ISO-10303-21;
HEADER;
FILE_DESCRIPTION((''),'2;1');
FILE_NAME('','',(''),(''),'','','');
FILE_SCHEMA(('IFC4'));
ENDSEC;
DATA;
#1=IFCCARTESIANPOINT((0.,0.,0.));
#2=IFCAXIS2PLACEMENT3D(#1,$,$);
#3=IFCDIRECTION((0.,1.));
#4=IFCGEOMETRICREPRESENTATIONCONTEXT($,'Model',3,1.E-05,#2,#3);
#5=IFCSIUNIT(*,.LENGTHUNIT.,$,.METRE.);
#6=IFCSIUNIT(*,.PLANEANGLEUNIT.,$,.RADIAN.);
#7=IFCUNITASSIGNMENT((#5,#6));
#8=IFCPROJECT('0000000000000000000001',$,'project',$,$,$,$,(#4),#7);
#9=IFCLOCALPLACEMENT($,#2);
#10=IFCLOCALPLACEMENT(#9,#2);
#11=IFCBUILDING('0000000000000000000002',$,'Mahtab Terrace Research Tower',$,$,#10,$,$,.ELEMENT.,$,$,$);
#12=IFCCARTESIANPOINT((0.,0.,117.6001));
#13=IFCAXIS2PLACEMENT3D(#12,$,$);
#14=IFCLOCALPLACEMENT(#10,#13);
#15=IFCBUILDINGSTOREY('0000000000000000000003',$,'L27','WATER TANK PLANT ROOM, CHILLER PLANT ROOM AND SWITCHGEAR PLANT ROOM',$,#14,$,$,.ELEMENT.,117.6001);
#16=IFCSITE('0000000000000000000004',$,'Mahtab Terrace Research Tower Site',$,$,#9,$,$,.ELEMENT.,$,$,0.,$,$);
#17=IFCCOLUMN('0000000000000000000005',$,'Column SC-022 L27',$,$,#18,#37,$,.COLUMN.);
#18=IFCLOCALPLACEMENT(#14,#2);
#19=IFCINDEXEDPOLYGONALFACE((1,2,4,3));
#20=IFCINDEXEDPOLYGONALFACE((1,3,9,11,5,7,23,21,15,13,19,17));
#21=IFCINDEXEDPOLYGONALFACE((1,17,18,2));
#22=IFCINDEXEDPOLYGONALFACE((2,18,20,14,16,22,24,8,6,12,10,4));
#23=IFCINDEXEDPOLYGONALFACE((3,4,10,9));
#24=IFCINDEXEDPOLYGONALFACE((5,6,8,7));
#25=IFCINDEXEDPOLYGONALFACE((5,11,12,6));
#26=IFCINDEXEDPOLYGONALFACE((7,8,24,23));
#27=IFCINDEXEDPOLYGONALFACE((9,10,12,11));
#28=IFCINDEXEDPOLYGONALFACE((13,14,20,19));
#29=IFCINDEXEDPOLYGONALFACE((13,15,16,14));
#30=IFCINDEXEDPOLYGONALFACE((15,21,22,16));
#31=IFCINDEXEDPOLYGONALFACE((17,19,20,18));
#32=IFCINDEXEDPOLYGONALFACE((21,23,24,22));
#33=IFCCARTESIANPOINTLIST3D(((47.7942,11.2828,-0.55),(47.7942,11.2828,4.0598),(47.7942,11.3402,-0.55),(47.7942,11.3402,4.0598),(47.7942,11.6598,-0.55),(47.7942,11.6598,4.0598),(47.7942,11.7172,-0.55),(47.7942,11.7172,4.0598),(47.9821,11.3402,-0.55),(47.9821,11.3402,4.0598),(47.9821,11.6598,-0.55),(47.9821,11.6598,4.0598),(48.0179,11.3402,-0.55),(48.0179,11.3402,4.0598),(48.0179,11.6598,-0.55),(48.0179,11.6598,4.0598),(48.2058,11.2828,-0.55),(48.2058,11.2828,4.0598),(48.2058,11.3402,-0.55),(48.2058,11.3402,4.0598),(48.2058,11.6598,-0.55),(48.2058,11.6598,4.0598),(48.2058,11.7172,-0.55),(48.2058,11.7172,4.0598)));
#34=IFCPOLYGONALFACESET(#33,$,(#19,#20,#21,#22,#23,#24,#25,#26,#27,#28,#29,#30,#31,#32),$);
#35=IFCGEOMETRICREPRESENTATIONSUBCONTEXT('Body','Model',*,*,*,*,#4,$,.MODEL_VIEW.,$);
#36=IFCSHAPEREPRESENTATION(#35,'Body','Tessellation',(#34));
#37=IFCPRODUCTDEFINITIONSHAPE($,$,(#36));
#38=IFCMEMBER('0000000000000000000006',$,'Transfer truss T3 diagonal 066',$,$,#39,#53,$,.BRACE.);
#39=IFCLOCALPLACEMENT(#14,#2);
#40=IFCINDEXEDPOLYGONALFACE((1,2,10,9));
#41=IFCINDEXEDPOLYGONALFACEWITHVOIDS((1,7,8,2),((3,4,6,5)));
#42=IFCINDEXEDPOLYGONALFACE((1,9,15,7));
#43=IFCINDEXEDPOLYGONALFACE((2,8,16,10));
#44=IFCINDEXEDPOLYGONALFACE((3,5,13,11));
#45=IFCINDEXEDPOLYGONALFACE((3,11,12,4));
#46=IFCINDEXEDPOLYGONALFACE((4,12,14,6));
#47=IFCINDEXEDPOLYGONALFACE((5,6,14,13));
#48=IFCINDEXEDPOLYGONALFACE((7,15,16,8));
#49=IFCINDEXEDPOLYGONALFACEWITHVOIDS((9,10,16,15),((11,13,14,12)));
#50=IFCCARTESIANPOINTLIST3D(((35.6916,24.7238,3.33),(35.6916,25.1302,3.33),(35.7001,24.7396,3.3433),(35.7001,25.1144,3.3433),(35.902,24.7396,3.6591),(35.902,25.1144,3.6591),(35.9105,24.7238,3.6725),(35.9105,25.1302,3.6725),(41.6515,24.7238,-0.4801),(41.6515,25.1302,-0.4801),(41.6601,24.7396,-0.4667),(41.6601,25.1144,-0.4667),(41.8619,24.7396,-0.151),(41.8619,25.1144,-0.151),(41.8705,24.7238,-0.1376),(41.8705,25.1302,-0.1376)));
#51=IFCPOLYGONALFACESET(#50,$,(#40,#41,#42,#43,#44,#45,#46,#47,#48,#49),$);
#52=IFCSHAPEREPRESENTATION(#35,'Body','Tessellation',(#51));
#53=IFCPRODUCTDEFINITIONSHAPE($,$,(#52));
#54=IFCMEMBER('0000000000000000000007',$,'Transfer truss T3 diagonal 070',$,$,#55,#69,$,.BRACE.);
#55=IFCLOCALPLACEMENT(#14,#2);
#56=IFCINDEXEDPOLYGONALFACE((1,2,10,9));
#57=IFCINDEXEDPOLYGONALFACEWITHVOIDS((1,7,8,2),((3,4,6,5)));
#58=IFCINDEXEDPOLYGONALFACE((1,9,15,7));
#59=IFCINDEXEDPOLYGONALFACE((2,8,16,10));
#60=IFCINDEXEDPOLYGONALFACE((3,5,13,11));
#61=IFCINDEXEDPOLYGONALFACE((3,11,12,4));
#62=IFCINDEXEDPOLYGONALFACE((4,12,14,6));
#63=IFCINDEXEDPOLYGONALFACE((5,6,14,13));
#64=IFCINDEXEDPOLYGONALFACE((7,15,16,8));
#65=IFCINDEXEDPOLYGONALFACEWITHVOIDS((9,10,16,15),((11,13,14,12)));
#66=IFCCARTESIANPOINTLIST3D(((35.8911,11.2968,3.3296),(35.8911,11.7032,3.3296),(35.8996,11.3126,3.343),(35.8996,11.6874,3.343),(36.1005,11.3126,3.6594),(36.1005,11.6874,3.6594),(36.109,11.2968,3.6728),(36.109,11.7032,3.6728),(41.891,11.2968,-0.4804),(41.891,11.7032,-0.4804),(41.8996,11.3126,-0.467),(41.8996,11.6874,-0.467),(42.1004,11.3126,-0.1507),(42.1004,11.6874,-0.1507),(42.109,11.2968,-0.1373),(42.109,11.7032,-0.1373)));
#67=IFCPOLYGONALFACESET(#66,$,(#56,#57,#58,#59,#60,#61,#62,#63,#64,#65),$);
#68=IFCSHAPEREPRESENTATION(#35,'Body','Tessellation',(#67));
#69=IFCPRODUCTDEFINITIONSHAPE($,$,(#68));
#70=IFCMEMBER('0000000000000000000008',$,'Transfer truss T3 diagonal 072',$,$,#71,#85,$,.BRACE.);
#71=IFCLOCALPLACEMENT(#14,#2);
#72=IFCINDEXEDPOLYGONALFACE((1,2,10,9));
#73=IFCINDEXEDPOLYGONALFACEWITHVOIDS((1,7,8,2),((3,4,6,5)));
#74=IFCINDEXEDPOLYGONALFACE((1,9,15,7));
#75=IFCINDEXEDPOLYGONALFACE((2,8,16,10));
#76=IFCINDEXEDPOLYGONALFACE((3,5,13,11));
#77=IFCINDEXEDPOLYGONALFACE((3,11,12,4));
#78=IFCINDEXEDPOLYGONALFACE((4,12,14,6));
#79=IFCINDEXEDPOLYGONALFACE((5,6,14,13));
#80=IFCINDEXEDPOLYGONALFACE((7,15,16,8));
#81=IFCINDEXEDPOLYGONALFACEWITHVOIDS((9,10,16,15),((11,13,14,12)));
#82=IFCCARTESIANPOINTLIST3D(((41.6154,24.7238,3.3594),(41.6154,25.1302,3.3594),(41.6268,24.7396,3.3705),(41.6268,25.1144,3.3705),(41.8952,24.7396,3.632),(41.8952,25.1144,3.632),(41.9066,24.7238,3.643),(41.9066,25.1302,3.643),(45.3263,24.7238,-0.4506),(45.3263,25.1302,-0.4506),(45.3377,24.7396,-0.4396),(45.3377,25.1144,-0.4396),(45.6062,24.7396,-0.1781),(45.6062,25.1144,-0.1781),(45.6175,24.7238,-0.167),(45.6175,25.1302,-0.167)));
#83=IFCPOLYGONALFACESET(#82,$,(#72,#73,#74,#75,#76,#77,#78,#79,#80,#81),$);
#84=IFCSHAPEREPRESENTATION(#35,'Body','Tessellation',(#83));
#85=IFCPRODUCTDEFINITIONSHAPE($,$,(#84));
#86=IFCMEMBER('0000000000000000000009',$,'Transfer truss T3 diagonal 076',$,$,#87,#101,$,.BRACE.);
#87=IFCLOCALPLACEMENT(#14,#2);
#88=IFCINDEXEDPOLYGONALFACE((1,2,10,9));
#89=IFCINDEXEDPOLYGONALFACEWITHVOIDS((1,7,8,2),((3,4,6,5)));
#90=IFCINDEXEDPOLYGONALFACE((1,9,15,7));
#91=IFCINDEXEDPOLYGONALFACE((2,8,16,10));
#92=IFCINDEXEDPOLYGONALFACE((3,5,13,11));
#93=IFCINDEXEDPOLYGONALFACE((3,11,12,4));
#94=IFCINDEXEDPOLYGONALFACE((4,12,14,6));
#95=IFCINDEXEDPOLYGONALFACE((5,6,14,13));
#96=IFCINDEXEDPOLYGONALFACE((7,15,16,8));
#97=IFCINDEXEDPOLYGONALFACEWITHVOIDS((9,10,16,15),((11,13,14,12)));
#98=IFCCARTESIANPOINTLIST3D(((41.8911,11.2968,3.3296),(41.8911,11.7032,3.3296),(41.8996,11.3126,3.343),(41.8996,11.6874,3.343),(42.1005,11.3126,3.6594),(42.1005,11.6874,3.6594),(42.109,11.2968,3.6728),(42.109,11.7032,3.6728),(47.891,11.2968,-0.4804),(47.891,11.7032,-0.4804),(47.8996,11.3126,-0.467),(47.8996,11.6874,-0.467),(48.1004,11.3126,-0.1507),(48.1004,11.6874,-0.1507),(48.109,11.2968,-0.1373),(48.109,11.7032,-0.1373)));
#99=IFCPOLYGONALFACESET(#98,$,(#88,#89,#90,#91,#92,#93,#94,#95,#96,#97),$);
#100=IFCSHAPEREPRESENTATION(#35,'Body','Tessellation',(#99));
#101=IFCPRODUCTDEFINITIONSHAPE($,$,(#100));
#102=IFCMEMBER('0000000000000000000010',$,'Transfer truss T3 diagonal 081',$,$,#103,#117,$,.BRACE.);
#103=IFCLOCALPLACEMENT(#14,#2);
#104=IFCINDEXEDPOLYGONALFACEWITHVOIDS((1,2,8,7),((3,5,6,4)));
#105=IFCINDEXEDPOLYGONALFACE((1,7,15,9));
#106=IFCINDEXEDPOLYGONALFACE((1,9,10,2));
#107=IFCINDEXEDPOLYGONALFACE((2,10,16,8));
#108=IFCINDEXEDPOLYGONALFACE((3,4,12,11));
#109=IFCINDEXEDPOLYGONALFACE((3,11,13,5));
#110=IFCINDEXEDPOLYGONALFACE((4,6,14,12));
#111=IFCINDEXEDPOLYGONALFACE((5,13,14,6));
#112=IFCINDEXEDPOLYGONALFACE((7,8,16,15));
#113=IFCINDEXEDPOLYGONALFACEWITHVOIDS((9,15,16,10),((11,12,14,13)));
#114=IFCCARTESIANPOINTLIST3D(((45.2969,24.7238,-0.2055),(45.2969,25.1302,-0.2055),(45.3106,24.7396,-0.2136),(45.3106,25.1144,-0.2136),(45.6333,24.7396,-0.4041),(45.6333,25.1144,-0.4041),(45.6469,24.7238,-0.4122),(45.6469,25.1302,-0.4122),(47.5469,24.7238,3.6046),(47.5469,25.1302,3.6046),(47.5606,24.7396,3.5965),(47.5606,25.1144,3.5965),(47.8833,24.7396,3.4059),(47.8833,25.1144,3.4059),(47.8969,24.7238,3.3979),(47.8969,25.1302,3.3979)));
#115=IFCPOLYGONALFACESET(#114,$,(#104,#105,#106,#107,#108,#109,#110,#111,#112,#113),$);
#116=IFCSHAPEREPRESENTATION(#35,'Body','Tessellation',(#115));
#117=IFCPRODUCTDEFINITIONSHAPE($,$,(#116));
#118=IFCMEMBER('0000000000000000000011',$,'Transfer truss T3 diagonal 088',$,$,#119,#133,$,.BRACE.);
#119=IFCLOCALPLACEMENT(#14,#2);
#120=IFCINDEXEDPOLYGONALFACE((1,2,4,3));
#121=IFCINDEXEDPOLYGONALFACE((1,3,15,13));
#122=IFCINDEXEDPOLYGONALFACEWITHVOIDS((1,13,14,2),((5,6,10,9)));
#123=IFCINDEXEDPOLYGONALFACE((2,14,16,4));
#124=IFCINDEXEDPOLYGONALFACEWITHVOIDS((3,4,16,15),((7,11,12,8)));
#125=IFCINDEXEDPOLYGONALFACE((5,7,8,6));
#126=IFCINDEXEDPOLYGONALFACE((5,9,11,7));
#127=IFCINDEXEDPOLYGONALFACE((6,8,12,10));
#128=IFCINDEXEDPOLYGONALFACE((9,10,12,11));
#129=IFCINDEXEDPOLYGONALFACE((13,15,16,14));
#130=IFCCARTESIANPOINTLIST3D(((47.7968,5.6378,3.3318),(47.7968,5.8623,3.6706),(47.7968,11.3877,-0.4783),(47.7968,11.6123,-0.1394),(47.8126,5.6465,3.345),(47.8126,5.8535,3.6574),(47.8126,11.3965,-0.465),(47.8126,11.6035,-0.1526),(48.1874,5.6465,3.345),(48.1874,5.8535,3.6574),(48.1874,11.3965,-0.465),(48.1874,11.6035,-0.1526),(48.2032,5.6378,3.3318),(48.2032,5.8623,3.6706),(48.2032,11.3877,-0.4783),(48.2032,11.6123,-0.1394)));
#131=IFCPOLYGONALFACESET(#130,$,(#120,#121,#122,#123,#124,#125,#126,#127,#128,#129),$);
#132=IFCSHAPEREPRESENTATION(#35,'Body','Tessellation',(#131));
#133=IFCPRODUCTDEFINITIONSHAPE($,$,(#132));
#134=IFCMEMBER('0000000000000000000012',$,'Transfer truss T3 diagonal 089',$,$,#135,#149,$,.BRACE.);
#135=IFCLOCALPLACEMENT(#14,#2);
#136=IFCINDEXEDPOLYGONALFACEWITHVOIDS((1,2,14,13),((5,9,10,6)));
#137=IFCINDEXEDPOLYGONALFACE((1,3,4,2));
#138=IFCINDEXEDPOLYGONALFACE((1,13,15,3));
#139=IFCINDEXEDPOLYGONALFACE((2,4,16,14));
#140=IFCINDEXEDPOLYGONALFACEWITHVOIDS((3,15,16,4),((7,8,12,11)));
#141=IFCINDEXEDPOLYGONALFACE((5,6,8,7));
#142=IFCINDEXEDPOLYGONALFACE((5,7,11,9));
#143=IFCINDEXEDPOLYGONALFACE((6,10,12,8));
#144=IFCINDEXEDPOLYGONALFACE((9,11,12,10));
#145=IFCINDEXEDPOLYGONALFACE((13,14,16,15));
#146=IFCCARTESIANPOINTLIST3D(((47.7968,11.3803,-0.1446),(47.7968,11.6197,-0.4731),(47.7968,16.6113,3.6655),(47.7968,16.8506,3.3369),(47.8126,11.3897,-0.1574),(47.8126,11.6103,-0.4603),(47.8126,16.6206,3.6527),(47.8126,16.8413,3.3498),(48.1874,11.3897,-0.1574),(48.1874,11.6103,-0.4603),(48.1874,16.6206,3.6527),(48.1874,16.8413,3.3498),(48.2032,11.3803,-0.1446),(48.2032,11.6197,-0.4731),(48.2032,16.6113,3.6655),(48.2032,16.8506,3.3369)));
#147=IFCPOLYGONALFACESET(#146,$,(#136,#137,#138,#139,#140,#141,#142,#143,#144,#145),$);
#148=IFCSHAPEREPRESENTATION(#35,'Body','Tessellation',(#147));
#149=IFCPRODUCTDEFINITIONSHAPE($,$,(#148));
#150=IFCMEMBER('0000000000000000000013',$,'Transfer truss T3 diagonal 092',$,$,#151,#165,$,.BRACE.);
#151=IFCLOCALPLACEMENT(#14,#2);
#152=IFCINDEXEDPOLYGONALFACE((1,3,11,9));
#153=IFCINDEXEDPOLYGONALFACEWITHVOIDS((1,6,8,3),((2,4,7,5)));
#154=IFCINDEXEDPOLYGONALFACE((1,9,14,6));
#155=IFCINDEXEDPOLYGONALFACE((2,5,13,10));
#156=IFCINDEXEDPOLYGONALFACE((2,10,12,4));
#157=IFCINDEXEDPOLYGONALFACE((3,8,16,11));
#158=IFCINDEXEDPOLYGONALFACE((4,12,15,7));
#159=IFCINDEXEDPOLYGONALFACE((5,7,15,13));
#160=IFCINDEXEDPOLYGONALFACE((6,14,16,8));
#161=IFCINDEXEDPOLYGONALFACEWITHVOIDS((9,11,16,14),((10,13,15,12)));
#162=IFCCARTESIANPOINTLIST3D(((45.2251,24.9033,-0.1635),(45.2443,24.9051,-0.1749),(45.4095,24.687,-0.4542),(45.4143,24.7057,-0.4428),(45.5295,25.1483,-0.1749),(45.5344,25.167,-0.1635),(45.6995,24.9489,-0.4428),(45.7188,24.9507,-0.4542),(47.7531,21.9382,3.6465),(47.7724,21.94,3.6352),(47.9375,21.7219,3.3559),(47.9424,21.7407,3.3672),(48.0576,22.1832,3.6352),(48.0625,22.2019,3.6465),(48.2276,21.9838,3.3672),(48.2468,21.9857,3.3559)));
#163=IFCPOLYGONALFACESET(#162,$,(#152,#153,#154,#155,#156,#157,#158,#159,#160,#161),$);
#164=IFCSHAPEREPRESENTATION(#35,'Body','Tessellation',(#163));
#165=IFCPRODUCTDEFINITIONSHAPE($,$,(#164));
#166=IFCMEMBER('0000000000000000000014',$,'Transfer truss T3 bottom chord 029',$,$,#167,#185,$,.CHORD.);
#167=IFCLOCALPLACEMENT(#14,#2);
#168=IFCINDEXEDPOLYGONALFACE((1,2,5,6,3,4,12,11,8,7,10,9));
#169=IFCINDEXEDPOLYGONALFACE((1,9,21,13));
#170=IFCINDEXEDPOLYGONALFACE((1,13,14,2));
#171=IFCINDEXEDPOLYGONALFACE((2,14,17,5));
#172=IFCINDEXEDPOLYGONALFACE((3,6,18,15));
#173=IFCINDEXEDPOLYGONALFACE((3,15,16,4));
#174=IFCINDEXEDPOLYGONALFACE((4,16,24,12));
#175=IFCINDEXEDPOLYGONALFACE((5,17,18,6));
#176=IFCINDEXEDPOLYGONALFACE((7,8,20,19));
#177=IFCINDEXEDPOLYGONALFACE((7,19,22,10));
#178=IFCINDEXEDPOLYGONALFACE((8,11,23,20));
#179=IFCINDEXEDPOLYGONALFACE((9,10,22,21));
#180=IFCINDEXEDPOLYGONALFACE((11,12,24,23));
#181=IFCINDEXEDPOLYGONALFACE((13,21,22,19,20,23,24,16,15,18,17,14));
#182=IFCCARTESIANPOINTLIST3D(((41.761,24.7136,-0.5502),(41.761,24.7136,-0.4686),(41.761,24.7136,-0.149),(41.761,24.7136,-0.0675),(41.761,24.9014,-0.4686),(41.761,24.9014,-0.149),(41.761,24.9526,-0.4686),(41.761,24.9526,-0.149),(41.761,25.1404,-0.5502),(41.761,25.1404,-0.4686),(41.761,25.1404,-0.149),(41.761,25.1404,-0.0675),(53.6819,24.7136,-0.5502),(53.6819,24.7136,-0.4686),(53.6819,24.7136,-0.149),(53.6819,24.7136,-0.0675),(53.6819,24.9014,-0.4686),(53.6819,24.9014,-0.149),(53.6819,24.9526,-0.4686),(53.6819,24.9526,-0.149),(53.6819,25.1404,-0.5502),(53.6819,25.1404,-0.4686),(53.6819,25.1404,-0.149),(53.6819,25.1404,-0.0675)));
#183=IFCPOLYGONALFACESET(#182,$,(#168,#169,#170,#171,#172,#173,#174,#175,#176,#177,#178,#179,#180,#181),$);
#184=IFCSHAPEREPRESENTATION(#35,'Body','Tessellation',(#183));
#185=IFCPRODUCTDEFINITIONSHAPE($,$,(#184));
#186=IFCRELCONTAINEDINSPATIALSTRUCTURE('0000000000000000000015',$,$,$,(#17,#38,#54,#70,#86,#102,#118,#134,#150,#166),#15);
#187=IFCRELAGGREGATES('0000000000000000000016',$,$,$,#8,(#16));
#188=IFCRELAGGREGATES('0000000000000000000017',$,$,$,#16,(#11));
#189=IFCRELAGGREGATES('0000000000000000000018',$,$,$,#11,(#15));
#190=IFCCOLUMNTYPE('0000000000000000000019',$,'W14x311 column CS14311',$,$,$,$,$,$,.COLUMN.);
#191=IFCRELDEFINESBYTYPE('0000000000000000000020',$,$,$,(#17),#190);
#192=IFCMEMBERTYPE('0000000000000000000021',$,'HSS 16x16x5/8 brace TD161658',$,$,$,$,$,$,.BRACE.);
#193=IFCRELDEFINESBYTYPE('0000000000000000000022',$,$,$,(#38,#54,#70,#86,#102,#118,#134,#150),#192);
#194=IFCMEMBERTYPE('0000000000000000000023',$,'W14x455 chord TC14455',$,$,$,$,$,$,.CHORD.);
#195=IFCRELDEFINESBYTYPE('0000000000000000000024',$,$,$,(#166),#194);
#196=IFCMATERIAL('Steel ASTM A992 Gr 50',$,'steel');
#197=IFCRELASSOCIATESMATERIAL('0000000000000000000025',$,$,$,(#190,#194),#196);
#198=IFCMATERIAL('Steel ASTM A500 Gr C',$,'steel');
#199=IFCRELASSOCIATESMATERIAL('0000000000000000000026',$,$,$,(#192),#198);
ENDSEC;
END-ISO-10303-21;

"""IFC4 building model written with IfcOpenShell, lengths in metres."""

from ifc_helpers import new_model, si_unit, direction, frame, origin, origin_2d, place, context, subcontext, project, spatial, hollow_rectangle, i_section, extrude, material, material_profile, profile_set, type_object, element, save


model = new_model("IFC4")

# Units and contexts
model_context = context("Model", 3, precision=1e-05, world=origin(), true_north=direction((0.0, 1.0)))
body_context = subcontext(model_context, "Body", "Model", "MODEL_VIEW")
ifc_project = project(units=[si_unit("LENGTHUNIT", "METRE"), si_unit("PLANEANGLEUNIT", "RADIAN")], contexts=[model_context])

# Site, building, storey
site_placement = place(None, origin())
site = spatial("IfcSite", under=ifc_project, at=site_placement, Name="Mahtab Terrace Research Tower Site", CompositionType="ELEMENT", RefElevation=0.0)
building_placement = place(site_placement, origin())
building = spatial("IfcBuilding", under=site, at=building_placement, Name="Mahtab Terrace Research Tower", CompositionType="ELEMENT")
storey_placement = place(building_placement, frame((0.0, 0.0, 117.6001)))
storey = spatial("IfcBuildingStorey", under=building, at=storey_placement, Name="L27", Description="WATER TANK PLANT ROOM, CHILLER PLANT ROOM AND SWITCHGEAR PLANT ROOM", CompositionType="ELEMENT", Elevation=117.6001)

# Column
ifc_material_1 = material(Name="Steel ASTM A992 Gr 50", Category="steel")
ifc_material_profile_1 = material_profile(ifc_material_1, i_section(OverallWidth=0.4116, OverallDepth=0.4343, WebThickness=0.0359, FlangeThickness=0.0574, at=origin_2d()), Name="W14X311")
ifc_profile_set_1 = profile_set([ifc_material_profile_1], Name="Steel ASTM A992 Gr 50")
column_type = type_object("IfcColumnType", Name="W14x311 column CS14311", PredefinedType="COLUMN", material=ifc_profile_set_1)
column_placement = place(storey_placement, frame((48.0, 11.5, -0.55), z_axis=(0.0, 0.0, 1.0), x_axis=(1.0, 0.0, 0.0)))
element("IfcColumn", 1, at=column_placement, inside=storey, type_object=column_type, Name="Column SC-022 L27", PredefinedType="COLUMN", context=body_context, shape_type="SweptSolid", body=[
    extrude(i_section(OverallWidth=0.4116, OverallDepth=0.4343, WebThickness=0.0359, FlangeThickness=0.0574, at=origin_2d()), origin(), (0.0, 0.0, 1.0), 4.6099),
])

# Members
ifc_material_2 = material(Name="Steel ASTM A500 Gr C", Category="steel")
ifc_material_profile_2 = material_profile(ifc_material_2, hollow_rectangle(XDim=0.4065, YDim=0.4065, WallThickness=0.0159, at=origin_2d()), Name="HSS16X16X5/8")
ifc_profile_set_2 = profile_set([ifc_material_profile_2], Name="Steel ASTM A500 Gr C")
member_type_1 = type_object("IfcMemberType", Name="HSS 16x16x5/8 brace TD161658", PredefinedType="BRACE", material=ifc_profile_set_2)
member_1_placement = place(storey_placement, frame((41.761, 24.927, -0.3088), z_axis=(-0.842548, 0.0, 0.538621), x_axis=(0.0, -1.0, 0.0)))
element("IfcMember", 2, at=member_1_placement, inside=storey, type_object=member_type_1, Name="Transfer truss T3 diagonal 066", PredefinedType="BRACE", context=body_context, shape_type="SweptSolid", body=[
    extrude(hollow_rectangle(XDim=0.4065, YDim=0.4065, WallThickness=0.0159, at=origin_2d()), origin(), (0.0, 0.0, 1.0), 7.0737),
])
member_2_placement = place(storey_placement, frame((42.0, 11.5, -0.3088), z_axis=(-0.844179, 0.0, 0.536062), x_axis=(0.0, -1.0, 0.0)))
element("IfcMember", 3, at=member_2_placement, inside=storey, type_object=member_type_1, Name="Transfer truss T3 diagonal 070", PredefinedType="BRACE", context=body_context, shape_type="SweptSolid", body=[
    extrude(hollow_rectangle(XDim=0.4065, YDim=0.4065, WallThickness=0.0159, at=origin_2d()), origin(), (0.0, 0.0, 1.0), 7.1074),
])
member_3_placement = place(storey_placement, frame((45.4719, 24.927, -0.3088), z_axis=(-0.697727, 0.0, 0.716364), x_axis=(0.0, -1.0, 0.0)))
element("IfcMember", 4, at=member_3_placement, inside=storey, type_object=member_type_1, Name="Transfer truss T3 diagonal 072", PredefinedType="BRACE", context=body_context, shape_type="SweptSolid", body=[
    extrude(hollow_rectangle(XDim=0.4065, YDim=0.4065, WallThickness=0.0159, at=origin_2d()), origin(), (0.0, 0.0, 1.0), 5.3186),
])
member_4_placement = place(storey_placement, frame((48.0, 11.5, -0.3088), z_axis=(-0.844179, 0.0, 0.536062), x_axis=(0.0, -1.0, 0.0)))
element("IfcMember", 5, at=member_4_placement, inside=storey, type_object=member_type_1, Name="Transfer truss T3 diagonal 076", PredefinedType="BRACE", context=body_context, shape_type="SweptSolid", body=[
    extrude(hollow_rectangle(XDim=0.4065, YDim=0.4065, WallThickness=0.0159, at=origin_2d()), origin(), (0.0, 0.0, 1.0), 7.1074),
])
member_5_placement = place(storey_placement, frame((45.4719, 24.927, -0.3088), z_axis=(0.508495, 0.0, 0.861065), x_axis=(0.0, 1.0, 0.0)))
element("IfcMember", 6, at=member_5_placement, inside=storey, type_object=member_type_1, Name="Transfer truss T3 diagonal 081", PredefinedType="BRACE", context=body_context, shape_type="SweptSolid", body=[
    extrude(hollow_rectangle(XDim=0.4065, YDim=0.4065, WallThickness=0.0159, at=origin_2d()), origin(), (0.0, 0.0, 1.0), 4.4248),
])
member_6_placement = place(storey_placement, frame((48.0, 11.5, -0.3088), z_axis=(0.0, -0.833604, 0.552362), x_axis=(1.0, 0.0, 0.0)))
element("IfcMember", 7, at=member_6_placement, inside=storey, type_object=member_type_1, Name="Transfer truss T3 diagonal 088", PredefinedType="BRACE", context=body_context, shape_type="SweptSolid", body=[
    extrude(hollow_rectangle(XDim=0.4065, YDim=0.4065, WallThickness=0.0159, at=origin_2d()), origin(), (0.0, 0.0, 1.0), 6.8977),
])
member_7_placement = place(storey_placement, frame((48.0, 11.5, -0.3088), z_axis=(0.0, 0.808315, 0.58875), x_axis=(-1.0, 0.0, 0.0)))
element("IfcMember", 8, at=member_7_placement, inside=storey, type_object=member_type_1, Name="Transfer truss T3 diagonal 089", PredefinedType="BRACE", context=body_context, shape_type="SweptSolid", body=[
    extrude(hollow_rectangle(XDim=0.4065, YDim=0.4065, WallThickness=0.0159, at=origin_2d()), origin(), (0.0, 0.0, 1.0), 6.4714),
])
member_8_placement = place(storey_placement, frame((45.4719, 24.927, -0.3088), z_axis=(0.463891, -0.544081, 0.699129), x_axis=(0.760957, 0.648803, 0.0)))
element("IfcMember", 9, at=member_8_placement, inside=storey, type_object=member_type_1, Name="Transfer truss T3 diagonal 092", PredefinedType="BRACE", context=body_context, shape_type="SweptSolid", body=[
    extrude(hollow_rectangle(XDim=0.4065, YDim=0.4065, WallThickness=0.0159, at=origin_2d()), origin(), (0.0, 0.0, 1.0), 5.4497),
])
ifc_material_profile_3 = material_profile(ifc_material_1, i_section(OverallWidth=0.4268, OverallDepth=0.4827, WebThickness=0.0513, FlangeThickness=0.0815, at=origin_2d()), Name="W14X455")
ifc_profile_set_3 = profile_set([ifc_material_profile_3], Name="Steel ASTM A992 Gr 50")
member_type_2 = type_object("IfcMemberType", Name="W14x455 chord TC14455", PredefinedType="CHORD", material=ifc_profile_set_3)
member_9_placement = place(storey_placement, frame((41.761, 24.927, -0.3088), z_axis=(1.0, 0.0, 0.0), x_axis=(0.0, 1.0, 0.0)))
element("IfcMember", 10, at=member_9_placement, inside=storey, type_object=member_type_2, Name="Transfer truss T3 bottom chord 029", PredefinedType="CHORD", context=body_context, shape_type="SweptSolid", body=[
    extrude(i_section(OverallWidth=0.4268, OverallDepth=0.4827, WebThickness=0.0513, FlangeThickness=0.0815, at=origin_2d()), origin(), (0.0, 0.0, 1.0), 11.9209),
])

save(model, "model.ifc")
